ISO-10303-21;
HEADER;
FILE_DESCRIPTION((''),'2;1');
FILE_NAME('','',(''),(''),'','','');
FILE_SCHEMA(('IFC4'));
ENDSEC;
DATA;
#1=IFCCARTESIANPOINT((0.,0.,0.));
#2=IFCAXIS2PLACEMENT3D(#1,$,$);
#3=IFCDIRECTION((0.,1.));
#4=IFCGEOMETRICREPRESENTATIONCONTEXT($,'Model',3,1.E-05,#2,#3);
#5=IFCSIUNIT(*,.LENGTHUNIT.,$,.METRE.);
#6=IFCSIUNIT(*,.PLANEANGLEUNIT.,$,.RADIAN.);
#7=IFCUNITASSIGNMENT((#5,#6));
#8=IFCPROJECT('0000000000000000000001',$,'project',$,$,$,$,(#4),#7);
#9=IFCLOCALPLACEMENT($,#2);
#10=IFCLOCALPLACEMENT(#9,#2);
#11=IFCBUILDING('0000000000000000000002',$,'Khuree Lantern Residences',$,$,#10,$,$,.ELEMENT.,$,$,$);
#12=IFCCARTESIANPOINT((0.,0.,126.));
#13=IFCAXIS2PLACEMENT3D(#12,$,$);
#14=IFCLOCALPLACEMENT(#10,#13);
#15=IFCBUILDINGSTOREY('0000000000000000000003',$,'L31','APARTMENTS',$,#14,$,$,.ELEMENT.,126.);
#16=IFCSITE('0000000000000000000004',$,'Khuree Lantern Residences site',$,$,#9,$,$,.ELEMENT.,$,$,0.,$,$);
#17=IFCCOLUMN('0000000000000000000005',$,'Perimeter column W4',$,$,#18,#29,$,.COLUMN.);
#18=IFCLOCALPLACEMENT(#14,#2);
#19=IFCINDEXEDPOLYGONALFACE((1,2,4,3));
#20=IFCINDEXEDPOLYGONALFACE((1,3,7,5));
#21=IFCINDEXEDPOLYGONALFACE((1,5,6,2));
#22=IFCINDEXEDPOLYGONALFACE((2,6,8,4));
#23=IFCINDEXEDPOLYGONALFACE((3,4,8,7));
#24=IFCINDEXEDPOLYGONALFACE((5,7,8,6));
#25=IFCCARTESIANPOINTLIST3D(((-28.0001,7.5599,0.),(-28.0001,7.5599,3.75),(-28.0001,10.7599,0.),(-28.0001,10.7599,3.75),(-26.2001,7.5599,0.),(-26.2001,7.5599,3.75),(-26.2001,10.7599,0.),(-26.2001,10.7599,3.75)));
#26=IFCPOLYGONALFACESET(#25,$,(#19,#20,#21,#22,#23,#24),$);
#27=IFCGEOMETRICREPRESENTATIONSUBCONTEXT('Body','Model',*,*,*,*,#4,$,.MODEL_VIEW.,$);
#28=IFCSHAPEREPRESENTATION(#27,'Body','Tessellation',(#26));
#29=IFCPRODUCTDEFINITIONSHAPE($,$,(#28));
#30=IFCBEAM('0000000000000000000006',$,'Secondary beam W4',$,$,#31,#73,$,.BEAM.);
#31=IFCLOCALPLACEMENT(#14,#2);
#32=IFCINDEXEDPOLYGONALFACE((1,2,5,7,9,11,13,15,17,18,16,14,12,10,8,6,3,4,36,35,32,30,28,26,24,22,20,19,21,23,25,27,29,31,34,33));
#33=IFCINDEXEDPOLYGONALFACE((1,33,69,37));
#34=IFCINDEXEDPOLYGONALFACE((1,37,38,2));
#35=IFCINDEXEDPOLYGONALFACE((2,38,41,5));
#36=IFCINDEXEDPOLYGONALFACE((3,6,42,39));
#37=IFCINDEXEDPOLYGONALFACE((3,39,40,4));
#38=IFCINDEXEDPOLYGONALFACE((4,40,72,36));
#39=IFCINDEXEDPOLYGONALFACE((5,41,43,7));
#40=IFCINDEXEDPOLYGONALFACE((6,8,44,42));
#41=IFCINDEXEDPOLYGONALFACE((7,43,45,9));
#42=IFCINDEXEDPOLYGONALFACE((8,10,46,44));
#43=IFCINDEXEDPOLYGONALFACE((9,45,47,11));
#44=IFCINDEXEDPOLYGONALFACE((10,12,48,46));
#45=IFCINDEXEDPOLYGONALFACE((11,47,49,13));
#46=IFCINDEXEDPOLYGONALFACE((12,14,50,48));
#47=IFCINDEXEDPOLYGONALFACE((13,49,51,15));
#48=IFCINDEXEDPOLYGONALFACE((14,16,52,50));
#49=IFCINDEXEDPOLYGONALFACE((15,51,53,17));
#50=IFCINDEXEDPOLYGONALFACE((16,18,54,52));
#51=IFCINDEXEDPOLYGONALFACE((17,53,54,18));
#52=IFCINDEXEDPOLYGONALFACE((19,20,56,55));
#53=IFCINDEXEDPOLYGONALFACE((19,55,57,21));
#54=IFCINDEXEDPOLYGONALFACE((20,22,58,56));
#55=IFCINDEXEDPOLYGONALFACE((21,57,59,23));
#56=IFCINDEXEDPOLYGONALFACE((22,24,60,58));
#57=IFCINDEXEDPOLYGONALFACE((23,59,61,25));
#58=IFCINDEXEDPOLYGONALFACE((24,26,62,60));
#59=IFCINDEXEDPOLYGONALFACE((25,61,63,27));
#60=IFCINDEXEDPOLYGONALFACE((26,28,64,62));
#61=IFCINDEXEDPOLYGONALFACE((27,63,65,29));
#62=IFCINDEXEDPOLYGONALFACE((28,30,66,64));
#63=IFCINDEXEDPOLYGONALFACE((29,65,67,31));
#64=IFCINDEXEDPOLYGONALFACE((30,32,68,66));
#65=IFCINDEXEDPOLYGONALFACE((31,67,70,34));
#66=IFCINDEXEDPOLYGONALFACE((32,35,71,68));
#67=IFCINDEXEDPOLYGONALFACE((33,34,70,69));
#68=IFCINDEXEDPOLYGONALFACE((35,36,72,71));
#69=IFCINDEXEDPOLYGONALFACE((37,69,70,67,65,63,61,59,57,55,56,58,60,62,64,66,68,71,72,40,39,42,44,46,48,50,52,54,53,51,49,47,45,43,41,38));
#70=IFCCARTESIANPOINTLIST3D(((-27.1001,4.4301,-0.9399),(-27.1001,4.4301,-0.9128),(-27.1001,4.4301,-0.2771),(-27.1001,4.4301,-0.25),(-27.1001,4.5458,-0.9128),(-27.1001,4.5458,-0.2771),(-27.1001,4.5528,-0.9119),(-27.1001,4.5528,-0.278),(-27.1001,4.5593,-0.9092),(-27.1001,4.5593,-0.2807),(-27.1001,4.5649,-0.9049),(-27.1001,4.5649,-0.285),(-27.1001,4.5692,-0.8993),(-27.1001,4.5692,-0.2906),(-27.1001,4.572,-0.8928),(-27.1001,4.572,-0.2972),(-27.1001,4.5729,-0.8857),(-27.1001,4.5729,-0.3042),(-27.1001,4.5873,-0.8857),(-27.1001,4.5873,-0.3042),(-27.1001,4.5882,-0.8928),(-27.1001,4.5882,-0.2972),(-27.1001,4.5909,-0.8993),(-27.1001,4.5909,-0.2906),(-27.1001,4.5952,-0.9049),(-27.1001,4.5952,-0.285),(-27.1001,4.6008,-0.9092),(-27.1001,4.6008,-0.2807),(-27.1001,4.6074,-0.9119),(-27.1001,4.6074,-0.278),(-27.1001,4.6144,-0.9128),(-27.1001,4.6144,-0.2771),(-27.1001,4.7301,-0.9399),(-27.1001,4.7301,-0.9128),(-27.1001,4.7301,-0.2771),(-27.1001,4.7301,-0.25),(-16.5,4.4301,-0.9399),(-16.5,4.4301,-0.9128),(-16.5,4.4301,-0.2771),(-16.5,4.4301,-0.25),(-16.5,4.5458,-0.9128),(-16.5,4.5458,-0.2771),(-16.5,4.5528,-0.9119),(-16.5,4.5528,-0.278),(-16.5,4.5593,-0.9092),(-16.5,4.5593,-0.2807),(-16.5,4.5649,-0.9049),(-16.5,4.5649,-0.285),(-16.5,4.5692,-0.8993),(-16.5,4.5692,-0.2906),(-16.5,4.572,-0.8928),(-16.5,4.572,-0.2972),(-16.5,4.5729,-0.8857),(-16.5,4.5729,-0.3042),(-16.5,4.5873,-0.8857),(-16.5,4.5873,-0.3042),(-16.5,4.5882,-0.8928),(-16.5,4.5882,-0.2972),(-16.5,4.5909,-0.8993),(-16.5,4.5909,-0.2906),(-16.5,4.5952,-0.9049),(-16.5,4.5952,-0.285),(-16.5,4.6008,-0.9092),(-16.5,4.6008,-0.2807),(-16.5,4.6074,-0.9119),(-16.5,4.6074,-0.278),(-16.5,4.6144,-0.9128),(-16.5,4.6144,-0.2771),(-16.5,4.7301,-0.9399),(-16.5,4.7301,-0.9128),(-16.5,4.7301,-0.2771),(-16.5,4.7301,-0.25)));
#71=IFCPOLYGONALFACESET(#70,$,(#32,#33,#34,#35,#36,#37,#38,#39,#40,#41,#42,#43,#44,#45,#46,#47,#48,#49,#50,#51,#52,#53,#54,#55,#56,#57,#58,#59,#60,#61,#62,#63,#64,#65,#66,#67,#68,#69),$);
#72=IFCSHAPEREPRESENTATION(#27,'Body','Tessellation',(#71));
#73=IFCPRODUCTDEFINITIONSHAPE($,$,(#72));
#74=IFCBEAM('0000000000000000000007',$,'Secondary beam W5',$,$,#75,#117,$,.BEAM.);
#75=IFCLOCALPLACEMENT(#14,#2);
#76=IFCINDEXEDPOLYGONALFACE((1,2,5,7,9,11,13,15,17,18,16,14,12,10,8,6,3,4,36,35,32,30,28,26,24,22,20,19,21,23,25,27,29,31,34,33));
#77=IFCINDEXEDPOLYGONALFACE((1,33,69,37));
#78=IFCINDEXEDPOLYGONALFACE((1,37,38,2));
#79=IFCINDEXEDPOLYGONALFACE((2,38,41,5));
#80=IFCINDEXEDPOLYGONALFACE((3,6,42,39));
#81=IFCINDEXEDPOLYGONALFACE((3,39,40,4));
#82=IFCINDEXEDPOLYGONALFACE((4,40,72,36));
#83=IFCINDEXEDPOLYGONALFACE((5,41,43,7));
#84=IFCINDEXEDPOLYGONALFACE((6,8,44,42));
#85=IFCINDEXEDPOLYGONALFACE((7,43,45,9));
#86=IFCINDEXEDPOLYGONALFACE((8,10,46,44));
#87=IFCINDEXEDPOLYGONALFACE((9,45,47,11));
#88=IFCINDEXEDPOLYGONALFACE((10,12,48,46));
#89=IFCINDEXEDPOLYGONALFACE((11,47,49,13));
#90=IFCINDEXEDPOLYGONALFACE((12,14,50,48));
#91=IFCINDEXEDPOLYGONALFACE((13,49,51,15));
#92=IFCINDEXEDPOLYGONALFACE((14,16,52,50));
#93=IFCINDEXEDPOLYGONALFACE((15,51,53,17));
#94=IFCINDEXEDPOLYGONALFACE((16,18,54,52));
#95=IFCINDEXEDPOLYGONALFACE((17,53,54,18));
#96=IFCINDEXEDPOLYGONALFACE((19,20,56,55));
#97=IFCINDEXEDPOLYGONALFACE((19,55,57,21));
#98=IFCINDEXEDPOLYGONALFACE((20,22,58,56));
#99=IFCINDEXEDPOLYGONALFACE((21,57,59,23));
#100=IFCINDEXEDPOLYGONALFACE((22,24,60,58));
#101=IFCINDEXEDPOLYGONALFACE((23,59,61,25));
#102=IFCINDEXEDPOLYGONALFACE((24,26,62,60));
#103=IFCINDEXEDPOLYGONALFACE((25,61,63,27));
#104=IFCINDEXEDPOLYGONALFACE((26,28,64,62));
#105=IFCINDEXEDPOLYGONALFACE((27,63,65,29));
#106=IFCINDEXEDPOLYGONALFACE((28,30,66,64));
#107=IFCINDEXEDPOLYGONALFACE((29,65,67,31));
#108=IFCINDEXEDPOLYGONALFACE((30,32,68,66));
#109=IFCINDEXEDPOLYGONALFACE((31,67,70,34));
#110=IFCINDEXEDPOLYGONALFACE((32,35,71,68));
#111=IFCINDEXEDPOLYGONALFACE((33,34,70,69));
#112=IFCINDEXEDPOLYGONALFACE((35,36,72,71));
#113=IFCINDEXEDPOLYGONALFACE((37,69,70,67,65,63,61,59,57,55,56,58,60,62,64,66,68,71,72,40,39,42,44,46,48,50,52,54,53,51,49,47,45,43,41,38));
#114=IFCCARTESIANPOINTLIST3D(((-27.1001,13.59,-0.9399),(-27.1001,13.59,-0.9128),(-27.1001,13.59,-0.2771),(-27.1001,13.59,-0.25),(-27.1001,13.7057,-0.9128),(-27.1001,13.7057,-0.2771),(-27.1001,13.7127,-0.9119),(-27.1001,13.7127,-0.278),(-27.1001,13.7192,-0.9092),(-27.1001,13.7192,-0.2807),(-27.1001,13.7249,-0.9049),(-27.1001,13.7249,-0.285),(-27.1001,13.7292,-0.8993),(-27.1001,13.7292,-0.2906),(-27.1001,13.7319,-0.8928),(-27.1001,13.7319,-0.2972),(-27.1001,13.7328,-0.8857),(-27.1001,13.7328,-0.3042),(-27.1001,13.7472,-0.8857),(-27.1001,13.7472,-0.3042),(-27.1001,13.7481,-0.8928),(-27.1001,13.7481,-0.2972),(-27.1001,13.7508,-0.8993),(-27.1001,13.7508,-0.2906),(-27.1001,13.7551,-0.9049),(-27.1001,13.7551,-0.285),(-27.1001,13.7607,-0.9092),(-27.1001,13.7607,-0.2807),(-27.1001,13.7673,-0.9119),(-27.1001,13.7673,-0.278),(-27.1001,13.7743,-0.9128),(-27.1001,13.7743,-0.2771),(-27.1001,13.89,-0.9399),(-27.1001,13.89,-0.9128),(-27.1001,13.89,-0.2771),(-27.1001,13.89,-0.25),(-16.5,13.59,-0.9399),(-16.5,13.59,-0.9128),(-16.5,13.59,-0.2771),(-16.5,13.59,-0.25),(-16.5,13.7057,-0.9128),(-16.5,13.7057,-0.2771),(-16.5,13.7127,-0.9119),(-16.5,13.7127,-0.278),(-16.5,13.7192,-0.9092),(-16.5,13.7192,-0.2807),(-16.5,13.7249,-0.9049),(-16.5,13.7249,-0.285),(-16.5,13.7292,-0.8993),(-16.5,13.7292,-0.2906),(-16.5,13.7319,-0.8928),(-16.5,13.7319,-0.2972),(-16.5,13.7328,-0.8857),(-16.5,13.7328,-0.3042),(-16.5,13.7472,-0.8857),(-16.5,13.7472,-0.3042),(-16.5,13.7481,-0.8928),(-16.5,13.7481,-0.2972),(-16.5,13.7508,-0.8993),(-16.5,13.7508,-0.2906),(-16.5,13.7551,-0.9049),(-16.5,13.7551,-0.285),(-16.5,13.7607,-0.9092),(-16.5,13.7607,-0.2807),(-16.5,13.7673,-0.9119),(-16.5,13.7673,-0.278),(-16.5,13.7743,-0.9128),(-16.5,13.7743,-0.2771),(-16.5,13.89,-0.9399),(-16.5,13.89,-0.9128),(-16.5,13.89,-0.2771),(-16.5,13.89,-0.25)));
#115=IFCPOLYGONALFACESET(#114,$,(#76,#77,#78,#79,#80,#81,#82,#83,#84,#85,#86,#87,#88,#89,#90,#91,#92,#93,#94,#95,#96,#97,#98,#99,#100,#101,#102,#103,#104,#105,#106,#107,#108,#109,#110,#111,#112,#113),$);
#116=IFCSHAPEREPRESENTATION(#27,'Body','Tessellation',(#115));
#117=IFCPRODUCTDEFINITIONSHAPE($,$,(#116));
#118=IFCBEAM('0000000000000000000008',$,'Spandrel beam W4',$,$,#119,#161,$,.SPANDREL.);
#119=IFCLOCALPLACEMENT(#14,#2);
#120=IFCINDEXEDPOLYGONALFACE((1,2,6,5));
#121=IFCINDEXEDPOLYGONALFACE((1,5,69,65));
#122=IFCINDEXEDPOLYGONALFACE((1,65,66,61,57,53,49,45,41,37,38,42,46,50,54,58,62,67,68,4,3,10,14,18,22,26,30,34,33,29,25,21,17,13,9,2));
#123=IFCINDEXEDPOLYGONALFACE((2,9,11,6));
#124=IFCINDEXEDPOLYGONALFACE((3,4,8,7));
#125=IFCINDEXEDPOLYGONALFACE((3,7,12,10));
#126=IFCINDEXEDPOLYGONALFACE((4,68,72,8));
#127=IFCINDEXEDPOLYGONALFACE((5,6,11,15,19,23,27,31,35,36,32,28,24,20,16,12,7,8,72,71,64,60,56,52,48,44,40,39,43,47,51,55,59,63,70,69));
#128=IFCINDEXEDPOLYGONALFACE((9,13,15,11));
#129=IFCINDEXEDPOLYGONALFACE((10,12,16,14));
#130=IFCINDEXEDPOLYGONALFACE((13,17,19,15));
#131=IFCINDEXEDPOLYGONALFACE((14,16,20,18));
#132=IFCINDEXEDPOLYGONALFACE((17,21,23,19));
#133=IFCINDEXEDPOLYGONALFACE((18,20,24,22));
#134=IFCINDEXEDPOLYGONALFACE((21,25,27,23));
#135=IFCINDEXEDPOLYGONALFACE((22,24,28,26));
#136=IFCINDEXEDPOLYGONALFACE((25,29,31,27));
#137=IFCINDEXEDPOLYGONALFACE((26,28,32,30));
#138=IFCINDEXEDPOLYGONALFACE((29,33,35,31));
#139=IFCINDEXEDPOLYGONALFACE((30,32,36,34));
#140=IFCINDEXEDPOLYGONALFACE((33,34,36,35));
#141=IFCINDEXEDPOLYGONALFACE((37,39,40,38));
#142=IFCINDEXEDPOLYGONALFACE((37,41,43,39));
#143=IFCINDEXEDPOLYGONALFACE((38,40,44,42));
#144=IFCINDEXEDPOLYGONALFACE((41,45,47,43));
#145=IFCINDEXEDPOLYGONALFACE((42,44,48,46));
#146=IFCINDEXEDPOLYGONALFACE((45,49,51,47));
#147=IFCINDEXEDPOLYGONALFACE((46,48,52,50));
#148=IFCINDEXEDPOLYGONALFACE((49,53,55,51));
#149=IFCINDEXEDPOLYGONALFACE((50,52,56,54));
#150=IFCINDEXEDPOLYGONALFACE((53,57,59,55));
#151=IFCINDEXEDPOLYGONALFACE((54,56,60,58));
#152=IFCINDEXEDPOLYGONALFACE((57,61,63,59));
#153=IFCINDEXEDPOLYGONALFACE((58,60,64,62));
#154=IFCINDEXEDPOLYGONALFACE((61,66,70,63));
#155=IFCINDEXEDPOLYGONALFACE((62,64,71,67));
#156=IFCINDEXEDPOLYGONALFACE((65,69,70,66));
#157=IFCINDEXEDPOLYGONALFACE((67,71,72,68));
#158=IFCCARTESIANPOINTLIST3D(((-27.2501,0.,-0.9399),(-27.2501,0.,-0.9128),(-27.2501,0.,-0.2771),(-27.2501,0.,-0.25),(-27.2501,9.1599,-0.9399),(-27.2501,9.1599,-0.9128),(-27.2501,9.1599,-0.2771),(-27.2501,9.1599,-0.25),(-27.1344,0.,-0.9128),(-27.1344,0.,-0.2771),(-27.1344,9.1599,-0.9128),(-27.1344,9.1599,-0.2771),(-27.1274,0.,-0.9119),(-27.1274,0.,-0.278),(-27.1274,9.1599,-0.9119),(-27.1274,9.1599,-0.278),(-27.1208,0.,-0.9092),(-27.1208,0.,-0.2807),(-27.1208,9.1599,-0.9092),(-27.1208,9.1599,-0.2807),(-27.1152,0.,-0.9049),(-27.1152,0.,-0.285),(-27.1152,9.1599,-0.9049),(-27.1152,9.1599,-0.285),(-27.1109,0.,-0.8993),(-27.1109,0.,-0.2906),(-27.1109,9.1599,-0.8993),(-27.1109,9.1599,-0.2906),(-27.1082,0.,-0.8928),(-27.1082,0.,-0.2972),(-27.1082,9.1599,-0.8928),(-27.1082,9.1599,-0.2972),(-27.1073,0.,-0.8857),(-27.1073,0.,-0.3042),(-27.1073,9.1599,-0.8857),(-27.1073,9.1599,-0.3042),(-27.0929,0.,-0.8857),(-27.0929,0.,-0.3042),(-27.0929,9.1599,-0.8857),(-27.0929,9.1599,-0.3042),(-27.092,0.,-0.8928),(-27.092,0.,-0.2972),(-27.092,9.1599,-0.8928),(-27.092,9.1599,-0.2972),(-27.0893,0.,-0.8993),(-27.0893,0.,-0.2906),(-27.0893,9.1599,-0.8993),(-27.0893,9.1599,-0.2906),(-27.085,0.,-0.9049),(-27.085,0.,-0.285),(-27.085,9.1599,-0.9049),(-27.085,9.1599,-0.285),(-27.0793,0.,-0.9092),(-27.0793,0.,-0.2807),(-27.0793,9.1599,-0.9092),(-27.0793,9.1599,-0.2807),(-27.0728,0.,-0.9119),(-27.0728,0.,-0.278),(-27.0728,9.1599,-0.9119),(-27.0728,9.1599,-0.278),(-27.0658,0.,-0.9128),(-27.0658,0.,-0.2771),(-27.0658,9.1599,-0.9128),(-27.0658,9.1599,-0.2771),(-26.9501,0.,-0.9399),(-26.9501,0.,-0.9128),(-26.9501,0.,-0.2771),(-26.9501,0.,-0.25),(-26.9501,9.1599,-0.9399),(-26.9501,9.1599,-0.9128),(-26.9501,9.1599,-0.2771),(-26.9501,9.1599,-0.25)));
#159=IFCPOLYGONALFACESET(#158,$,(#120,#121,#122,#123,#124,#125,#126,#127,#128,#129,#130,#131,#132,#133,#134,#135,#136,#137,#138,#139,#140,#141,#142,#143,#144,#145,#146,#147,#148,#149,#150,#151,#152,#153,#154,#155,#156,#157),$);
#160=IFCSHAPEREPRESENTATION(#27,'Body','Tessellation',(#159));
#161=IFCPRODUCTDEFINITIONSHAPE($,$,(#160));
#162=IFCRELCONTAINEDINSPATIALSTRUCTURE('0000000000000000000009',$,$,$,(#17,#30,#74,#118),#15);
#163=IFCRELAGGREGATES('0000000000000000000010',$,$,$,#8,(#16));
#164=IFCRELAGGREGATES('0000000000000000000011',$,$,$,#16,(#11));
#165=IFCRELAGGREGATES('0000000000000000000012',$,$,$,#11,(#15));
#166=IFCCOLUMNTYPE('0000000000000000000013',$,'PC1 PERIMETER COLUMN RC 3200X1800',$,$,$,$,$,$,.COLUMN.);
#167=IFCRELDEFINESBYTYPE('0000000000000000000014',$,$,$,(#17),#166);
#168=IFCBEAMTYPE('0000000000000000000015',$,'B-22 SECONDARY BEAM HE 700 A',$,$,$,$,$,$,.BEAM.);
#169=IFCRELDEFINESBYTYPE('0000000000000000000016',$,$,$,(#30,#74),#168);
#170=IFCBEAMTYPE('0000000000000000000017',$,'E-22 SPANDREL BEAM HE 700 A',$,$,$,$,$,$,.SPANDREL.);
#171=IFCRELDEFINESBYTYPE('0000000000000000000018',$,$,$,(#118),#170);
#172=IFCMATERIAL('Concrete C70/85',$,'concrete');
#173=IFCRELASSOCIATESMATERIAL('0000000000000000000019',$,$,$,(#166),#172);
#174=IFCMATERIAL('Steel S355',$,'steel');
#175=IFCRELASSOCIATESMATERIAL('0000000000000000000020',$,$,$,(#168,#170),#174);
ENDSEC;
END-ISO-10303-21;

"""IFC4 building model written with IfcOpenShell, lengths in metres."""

from ifc_helpers import new_model, si_unit, direction, frame, origin, origin_2d, place, context, subcontext, project, spatial, rectangle, i_section, extrude, material, material_profile, profile_set, type_object, element, save


model = new_model("IFC4")

# Units and contexts
model_context = context("Model", 3, precision=1e-05, world=origin(), true_north=direction((0.0, 1.0)))
body_context = subcontext(model_context, "Body", "Model", "MODEL_VIEW")
ifc_project = project(units=[si_unit("LENGTHUNIT", "METRE"), si_unit("PLANEANGLEUNIT", "RADIAN")], contexts=[model_context])

# Site, building, storey
site_placement = place(None, origin())
site = spatial("IfcSite", under=ifc_project, at=site_placement, Name="Khuree Lantern Residences site", CompositionType="ELEMENT", RefElevation=0.0)
building_placement = place(site_placement, origin())
building = spatial("IfcBuilding", under=site, at=building_placement, Name="Khuree Lantern Residences", CompositionType="ELEMENT")
storey_placement = place(building_placement, frame((0.0, 0.0, 126.0)))
storey = spatial("IfcBuildingStorey", under=building, at=storey_placement, Name="L31", Description="APARTMENTS", CompositionType="ELEMENT", Elevation=126.0)

# Column
ifc_material_1 = material(Name="Concrete C70/85", Category="concrete")
ifc_material_profile_1 = material_profile(ifc_material_1, rectangle(XDim=3.2, YDim=1.8, at=origin_2d()), Name="RC 3200X1800")
ifc_profile_set_1 = profile_set([ifc_material_profile_1], Name="Concrete C70/85")
column_type = type_object("IfcColumnType", Name="PC1 PERIMETER COLUMN RC 3200X1800", PredefinedType="COLUMN", material=ifc_profile_set_1)
column_placement = place(storey_placement, frame((-27.1001, 9.1599, 0.0), z_axis=(0.0, 0.0, 1.0), x_axis=(0.0, 1.0, 0.0)))
element("IfcColumn", 1, at=column_placement, inside=storey, type_object=column_type, Name="Perimeter column W4", PredefinedType="COLUMN", context=body_context, shape_type="SweptSolid", body=[
    extrude(rectangle(XDim=3.2, YDim=1.8, at=origin_2d()), origin(), (0.0, 0.0, 1.0), 3.75),
])

# Beams
ifc_material_2 = material(Name="Steel S355", Category="steel")
ifc_material_profile_2 = material_profile(ifc_material_2, i_section(OverallWidth=0.3, OverallDepth=0.6899, WebThickness=0.0144, FlangeThickness=0.0271, FilletRadius=0.0271, at=origin_2d()), Name="HE 700 A")
ifc_profile_set_2 = profile_set([ifc_material_profile_2], Name="Steel S355")
beam_type_1 = type_object("IfcBeamType", Name="B-22 SECONDARY BEAM HE 700 A", PredefinedType="BEAM", material=ifc_profile_set_2)
for number, where, z_axis, x_axis, name in (
    (2, (-27.1001, 4.5801, -0.595), (1.0, 0.0, 0.0), (0.0, 1.0, 0.0), "Secondary beam W4"),
    (3, (-27.1001, 13.74, -0.595), (1.0, 0.0, 0.0), (0.0, 1.0, 0.0), "Secondary beam W5"),
):
    element("IfcBeam", number, at=place(storey_placement, frame(where, z_axis=z_axis, x_axis=x_axis)), inside=storey, type_object=beam_type_1, Name=name, PredefinedType="BEAM", context=body_context, shape_type="SweptSolid", body=[
        extrude(i_section(OverallWidth=0.3, OverallDepth=0.6899, WebThickness=0.0144, FlangeThickness=0.0271, FilletRadius=0.0271, at=origin_2d()), origin(), (0.0, 0.0, 1.0), 10.6001),
    ])
ifc_material_profile_3 = material_profile(ifc_material_2, i_section(OverallWidth=0.3, OverallDepth=0.6899, WebThickness=0.0144, FlangeThickness=0.0271, FilletRadius=0.0271, at=origin_2d()), Name="HE 700 A")
ifc_profile_set_3 = profile_set([ifc_material_profile_3], Name="Steel S355")
beam_type_2 = type_object("IfcBeamType", Name="E-22 SPANDREL BEAM HE 700 A", PredefinedType="SPANDREL", material=ifc_profile_set_3)
beam_1_placement = place(storey_placement, frame((-27.1001, 0.0, -0.595), z_axis=(0.0, 1.0, 0.0), x_axis=(-1.0, 0.0, 0.0)))
element("IfcBeam", 4, at=beam_1_placement, inside=storey, type_object=beam_type_2, Name="Spandrel beam W4", PredefinedType="SPANDREL", context=body_context, shape_type="SweptSolid", body=[
    extrude(i_section(OverallWidth=0.3, OverallDepth=0.6899, WebThickness=0.0144, FlangeThickness=0.0271, FilletRadius=0.0271, at=origin_2d()), origin(), (0.0, 0.0, 1.0), 9.1599),
])

save(model, "model.ifc")
